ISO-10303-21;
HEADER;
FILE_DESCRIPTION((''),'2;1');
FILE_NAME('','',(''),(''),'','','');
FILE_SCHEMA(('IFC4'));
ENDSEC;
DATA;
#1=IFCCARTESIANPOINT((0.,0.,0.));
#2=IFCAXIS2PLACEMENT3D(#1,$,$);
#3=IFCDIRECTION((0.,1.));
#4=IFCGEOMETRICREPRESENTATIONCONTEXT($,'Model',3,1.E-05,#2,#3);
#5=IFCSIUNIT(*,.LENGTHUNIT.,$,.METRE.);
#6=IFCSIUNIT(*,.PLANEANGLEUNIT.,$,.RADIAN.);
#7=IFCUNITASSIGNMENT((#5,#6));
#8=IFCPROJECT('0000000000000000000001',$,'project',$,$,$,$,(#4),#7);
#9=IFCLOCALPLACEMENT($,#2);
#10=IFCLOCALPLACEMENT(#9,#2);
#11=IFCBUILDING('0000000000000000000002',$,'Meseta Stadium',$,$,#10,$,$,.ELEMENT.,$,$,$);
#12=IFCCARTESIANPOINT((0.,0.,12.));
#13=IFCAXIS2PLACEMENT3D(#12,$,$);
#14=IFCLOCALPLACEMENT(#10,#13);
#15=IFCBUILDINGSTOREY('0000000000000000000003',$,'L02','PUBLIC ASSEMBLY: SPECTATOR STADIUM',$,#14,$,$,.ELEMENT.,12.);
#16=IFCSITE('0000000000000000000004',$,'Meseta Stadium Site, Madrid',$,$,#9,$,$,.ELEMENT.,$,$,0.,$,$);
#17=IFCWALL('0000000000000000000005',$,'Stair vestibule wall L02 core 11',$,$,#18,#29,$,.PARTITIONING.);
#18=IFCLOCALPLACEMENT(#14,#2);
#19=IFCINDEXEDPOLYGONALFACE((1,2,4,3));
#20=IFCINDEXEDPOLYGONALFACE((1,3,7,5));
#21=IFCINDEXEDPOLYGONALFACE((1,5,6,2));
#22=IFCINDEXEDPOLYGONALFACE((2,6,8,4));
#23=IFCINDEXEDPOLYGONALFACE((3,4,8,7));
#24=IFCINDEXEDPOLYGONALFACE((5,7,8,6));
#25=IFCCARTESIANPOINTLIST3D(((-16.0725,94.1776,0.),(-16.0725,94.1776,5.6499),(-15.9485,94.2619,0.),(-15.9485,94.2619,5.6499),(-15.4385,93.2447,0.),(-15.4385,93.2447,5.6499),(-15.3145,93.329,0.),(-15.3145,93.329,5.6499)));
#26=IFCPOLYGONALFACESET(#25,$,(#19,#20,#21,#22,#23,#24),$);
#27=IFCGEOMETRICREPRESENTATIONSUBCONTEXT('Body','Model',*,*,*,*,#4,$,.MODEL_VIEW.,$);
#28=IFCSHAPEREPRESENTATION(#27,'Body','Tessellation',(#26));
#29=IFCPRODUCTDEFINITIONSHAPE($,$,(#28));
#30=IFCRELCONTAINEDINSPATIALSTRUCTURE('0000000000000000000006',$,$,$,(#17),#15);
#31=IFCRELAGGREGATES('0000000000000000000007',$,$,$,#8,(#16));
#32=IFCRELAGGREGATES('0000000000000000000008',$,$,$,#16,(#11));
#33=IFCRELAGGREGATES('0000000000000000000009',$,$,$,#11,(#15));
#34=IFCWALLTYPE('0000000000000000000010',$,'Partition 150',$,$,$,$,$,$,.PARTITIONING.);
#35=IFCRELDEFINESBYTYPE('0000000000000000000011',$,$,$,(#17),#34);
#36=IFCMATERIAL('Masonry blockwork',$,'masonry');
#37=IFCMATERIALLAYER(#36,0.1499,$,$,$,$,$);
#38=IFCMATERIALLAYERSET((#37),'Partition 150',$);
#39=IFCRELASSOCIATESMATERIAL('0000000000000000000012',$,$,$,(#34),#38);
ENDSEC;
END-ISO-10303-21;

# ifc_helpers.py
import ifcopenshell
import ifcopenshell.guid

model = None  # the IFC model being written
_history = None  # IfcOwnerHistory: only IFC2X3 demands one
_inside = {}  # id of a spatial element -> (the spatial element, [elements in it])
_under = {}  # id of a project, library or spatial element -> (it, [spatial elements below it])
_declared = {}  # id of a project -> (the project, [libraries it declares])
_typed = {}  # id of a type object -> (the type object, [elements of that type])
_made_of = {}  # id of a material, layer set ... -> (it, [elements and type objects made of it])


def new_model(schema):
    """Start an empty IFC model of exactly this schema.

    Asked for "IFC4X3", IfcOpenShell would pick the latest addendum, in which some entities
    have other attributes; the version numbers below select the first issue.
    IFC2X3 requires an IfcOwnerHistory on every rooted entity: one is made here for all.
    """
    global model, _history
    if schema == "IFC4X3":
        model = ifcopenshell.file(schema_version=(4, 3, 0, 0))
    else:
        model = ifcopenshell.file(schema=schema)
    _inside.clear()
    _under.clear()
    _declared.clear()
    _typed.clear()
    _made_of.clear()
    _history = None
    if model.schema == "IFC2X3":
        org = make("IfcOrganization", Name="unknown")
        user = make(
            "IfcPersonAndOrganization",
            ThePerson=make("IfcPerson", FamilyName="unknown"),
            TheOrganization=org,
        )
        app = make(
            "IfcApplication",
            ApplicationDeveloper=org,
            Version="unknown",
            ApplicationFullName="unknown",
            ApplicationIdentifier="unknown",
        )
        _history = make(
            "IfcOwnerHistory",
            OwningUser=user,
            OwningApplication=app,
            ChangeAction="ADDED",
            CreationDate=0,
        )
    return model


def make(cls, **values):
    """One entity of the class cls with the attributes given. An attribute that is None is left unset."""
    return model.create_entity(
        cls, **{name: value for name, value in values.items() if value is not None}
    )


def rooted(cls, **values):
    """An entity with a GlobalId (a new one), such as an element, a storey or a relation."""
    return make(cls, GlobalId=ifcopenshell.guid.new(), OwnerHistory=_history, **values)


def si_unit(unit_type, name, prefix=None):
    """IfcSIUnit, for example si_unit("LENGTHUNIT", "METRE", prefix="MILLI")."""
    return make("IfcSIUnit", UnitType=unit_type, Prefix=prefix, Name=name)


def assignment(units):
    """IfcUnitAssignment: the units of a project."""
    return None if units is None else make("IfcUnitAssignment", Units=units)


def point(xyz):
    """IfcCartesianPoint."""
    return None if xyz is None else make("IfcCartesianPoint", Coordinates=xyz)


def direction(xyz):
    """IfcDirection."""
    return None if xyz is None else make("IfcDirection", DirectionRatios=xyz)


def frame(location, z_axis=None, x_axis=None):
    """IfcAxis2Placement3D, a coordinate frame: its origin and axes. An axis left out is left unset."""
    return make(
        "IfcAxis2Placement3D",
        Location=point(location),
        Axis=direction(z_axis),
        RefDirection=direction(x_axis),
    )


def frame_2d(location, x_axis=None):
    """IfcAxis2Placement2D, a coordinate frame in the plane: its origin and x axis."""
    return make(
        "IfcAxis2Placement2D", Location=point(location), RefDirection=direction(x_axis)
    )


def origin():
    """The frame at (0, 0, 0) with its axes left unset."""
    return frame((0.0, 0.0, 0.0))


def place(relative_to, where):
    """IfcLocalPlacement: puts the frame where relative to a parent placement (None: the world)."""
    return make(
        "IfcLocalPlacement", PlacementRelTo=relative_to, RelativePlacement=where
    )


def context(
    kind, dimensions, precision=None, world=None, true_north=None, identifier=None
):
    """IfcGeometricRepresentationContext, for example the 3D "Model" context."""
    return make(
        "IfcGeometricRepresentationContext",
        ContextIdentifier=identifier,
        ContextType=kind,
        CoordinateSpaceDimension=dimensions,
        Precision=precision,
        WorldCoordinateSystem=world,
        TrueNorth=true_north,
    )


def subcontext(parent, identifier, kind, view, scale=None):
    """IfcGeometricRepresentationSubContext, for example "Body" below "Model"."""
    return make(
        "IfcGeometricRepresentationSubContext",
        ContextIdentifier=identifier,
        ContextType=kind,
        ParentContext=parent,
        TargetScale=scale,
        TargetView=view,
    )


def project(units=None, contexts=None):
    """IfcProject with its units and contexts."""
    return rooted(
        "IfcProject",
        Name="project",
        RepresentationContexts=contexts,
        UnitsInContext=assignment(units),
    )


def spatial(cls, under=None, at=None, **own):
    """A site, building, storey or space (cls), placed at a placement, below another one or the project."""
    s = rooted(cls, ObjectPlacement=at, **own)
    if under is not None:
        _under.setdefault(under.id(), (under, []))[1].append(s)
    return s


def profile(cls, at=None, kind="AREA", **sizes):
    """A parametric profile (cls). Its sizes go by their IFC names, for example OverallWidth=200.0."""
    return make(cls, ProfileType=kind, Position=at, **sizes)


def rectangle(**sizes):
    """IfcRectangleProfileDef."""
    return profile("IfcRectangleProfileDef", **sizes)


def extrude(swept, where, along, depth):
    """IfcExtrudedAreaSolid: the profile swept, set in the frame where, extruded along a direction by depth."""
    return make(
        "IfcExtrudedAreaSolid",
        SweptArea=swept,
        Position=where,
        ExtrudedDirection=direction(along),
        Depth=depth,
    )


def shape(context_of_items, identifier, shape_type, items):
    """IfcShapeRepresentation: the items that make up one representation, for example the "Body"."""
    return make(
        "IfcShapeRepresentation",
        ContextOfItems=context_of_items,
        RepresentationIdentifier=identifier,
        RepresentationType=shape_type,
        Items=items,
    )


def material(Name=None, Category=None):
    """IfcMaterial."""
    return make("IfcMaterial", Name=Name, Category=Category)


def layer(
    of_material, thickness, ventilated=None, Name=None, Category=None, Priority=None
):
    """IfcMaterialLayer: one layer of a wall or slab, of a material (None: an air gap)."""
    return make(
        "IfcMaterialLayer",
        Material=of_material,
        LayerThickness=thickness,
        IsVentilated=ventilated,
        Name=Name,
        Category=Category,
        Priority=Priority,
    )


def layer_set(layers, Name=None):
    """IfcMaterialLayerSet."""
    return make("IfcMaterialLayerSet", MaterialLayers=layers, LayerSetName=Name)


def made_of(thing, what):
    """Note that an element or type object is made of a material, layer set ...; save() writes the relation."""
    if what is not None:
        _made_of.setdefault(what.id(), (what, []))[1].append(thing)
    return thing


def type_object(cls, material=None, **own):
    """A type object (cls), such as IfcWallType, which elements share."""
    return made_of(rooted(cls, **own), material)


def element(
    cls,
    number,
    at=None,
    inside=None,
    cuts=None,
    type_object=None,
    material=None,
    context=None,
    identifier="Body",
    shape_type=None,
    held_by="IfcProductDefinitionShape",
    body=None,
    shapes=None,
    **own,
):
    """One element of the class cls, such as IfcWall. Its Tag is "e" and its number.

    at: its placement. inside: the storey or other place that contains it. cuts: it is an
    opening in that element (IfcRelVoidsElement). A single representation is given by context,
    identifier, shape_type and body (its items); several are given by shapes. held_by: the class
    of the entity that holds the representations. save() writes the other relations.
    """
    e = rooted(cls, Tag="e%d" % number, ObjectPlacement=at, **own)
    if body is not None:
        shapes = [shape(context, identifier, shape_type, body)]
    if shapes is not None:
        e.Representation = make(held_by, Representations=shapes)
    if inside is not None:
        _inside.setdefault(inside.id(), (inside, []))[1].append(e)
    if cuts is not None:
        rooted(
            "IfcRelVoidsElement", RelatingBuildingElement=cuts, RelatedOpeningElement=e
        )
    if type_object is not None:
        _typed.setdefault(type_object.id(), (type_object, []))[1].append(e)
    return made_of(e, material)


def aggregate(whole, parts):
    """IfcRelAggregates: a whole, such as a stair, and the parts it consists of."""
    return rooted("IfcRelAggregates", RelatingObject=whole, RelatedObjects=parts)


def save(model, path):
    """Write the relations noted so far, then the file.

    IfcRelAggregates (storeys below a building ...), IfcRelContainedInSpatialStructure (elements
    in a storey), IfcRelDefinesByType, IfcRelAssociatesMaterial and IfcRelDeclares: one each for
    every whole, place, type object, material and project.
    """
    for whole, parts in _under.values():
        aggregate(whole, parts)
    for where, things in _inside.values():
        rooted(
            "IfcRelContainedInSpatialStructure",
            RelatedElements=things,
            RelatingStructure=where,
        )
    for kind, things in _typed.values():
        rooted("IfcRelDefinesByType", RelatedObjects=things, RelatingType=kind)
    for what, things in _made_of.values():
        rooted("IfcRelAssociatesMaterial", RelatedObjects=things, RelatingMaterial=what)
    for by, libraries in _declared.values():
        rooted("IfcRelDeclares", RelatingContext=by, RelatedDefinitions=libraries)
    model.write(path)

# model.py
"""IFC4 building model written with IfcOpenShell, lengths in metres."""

from ifc_helpers import new_model, si_unit, direction, frame, frame_2d, origin, place, context, subcontext, project, spatial, rectangle, extrude, material, layer, layer_set, type_object, element, save


model = new_model("IFC4")

# Units and contexts
model_context = context("Model", 3, precision=1e-05, world=origin(), true_north=direction((0.0, 1.0)))
body_context = subcontext(model_context, "Body", "Model", "MODEL_VIEW")
ifc_project = project(units=[si_unit("LENGTHUNIT", "METRE"), si_unit("PLANEANGLEUNIT", "RADIAN")], contexts=[model_context])

# Site, building, storey
site_placement = place(None, origin())
site = spatial("IfcSite", under=ifc_project, at=site_placement, Name="Meseta Stadium Site, Madrid", CompositionType="ELEMENT", RefElevation=0.0)
building_placement = place(site_placement, origin())
building = spatial("IfcBuilding", under=site, at=building_placement, Name="Meseta Stadium", CompositionType="ELEMENT")
storey_placement = place(building_placement, frame((0.0, 0.0, 12.0)))
storey = spatial("IfcBuildingStorey", under=building, at=storey_placement, Name="L02", Description="PUBLIC ASSEMBLY: SPECTATOR STADIUM", CompositionType="ELEMENT", Elevation=12.0)

# Wall
ifc_material_1 = material(Name="Masonry blockwork", Category="masonry")
ifc_layer_1 = layer(ifc_material_1, 0.1499)
ifc_layer_set_1 = layer_set([ifc_layer_1], Name="Partition 150")
wall_type_1 = type_object("IfcWallType", Name="Partition 150", PredefinedType="PARTITIONING", material=ifc_layer_set_1)
wall_1_placement = place(storey_placement, frame((-15.3765, 93.2869, 0.0), z_axis=(0.0, 0.0, 1.0), x_axis=(-0.562121, 0.827055, 0.0)))
element("IfcWall", 1, at=wall_1_placement, inside=storey, type_object=wall_type_1, Name="Stair vestibule wall L02 core 11", PredefinedType="PARTITIONING", context=body_context, shape_type="SweptSolid", body=[
    extrude(rectangle(XDim=1.1279, YDim=0.1499, at=frame_2d((0.564, 0.0))), origin(), (0.0, 0.0, 1.0), 5.6499),
])

save(model, "model.ifc")
